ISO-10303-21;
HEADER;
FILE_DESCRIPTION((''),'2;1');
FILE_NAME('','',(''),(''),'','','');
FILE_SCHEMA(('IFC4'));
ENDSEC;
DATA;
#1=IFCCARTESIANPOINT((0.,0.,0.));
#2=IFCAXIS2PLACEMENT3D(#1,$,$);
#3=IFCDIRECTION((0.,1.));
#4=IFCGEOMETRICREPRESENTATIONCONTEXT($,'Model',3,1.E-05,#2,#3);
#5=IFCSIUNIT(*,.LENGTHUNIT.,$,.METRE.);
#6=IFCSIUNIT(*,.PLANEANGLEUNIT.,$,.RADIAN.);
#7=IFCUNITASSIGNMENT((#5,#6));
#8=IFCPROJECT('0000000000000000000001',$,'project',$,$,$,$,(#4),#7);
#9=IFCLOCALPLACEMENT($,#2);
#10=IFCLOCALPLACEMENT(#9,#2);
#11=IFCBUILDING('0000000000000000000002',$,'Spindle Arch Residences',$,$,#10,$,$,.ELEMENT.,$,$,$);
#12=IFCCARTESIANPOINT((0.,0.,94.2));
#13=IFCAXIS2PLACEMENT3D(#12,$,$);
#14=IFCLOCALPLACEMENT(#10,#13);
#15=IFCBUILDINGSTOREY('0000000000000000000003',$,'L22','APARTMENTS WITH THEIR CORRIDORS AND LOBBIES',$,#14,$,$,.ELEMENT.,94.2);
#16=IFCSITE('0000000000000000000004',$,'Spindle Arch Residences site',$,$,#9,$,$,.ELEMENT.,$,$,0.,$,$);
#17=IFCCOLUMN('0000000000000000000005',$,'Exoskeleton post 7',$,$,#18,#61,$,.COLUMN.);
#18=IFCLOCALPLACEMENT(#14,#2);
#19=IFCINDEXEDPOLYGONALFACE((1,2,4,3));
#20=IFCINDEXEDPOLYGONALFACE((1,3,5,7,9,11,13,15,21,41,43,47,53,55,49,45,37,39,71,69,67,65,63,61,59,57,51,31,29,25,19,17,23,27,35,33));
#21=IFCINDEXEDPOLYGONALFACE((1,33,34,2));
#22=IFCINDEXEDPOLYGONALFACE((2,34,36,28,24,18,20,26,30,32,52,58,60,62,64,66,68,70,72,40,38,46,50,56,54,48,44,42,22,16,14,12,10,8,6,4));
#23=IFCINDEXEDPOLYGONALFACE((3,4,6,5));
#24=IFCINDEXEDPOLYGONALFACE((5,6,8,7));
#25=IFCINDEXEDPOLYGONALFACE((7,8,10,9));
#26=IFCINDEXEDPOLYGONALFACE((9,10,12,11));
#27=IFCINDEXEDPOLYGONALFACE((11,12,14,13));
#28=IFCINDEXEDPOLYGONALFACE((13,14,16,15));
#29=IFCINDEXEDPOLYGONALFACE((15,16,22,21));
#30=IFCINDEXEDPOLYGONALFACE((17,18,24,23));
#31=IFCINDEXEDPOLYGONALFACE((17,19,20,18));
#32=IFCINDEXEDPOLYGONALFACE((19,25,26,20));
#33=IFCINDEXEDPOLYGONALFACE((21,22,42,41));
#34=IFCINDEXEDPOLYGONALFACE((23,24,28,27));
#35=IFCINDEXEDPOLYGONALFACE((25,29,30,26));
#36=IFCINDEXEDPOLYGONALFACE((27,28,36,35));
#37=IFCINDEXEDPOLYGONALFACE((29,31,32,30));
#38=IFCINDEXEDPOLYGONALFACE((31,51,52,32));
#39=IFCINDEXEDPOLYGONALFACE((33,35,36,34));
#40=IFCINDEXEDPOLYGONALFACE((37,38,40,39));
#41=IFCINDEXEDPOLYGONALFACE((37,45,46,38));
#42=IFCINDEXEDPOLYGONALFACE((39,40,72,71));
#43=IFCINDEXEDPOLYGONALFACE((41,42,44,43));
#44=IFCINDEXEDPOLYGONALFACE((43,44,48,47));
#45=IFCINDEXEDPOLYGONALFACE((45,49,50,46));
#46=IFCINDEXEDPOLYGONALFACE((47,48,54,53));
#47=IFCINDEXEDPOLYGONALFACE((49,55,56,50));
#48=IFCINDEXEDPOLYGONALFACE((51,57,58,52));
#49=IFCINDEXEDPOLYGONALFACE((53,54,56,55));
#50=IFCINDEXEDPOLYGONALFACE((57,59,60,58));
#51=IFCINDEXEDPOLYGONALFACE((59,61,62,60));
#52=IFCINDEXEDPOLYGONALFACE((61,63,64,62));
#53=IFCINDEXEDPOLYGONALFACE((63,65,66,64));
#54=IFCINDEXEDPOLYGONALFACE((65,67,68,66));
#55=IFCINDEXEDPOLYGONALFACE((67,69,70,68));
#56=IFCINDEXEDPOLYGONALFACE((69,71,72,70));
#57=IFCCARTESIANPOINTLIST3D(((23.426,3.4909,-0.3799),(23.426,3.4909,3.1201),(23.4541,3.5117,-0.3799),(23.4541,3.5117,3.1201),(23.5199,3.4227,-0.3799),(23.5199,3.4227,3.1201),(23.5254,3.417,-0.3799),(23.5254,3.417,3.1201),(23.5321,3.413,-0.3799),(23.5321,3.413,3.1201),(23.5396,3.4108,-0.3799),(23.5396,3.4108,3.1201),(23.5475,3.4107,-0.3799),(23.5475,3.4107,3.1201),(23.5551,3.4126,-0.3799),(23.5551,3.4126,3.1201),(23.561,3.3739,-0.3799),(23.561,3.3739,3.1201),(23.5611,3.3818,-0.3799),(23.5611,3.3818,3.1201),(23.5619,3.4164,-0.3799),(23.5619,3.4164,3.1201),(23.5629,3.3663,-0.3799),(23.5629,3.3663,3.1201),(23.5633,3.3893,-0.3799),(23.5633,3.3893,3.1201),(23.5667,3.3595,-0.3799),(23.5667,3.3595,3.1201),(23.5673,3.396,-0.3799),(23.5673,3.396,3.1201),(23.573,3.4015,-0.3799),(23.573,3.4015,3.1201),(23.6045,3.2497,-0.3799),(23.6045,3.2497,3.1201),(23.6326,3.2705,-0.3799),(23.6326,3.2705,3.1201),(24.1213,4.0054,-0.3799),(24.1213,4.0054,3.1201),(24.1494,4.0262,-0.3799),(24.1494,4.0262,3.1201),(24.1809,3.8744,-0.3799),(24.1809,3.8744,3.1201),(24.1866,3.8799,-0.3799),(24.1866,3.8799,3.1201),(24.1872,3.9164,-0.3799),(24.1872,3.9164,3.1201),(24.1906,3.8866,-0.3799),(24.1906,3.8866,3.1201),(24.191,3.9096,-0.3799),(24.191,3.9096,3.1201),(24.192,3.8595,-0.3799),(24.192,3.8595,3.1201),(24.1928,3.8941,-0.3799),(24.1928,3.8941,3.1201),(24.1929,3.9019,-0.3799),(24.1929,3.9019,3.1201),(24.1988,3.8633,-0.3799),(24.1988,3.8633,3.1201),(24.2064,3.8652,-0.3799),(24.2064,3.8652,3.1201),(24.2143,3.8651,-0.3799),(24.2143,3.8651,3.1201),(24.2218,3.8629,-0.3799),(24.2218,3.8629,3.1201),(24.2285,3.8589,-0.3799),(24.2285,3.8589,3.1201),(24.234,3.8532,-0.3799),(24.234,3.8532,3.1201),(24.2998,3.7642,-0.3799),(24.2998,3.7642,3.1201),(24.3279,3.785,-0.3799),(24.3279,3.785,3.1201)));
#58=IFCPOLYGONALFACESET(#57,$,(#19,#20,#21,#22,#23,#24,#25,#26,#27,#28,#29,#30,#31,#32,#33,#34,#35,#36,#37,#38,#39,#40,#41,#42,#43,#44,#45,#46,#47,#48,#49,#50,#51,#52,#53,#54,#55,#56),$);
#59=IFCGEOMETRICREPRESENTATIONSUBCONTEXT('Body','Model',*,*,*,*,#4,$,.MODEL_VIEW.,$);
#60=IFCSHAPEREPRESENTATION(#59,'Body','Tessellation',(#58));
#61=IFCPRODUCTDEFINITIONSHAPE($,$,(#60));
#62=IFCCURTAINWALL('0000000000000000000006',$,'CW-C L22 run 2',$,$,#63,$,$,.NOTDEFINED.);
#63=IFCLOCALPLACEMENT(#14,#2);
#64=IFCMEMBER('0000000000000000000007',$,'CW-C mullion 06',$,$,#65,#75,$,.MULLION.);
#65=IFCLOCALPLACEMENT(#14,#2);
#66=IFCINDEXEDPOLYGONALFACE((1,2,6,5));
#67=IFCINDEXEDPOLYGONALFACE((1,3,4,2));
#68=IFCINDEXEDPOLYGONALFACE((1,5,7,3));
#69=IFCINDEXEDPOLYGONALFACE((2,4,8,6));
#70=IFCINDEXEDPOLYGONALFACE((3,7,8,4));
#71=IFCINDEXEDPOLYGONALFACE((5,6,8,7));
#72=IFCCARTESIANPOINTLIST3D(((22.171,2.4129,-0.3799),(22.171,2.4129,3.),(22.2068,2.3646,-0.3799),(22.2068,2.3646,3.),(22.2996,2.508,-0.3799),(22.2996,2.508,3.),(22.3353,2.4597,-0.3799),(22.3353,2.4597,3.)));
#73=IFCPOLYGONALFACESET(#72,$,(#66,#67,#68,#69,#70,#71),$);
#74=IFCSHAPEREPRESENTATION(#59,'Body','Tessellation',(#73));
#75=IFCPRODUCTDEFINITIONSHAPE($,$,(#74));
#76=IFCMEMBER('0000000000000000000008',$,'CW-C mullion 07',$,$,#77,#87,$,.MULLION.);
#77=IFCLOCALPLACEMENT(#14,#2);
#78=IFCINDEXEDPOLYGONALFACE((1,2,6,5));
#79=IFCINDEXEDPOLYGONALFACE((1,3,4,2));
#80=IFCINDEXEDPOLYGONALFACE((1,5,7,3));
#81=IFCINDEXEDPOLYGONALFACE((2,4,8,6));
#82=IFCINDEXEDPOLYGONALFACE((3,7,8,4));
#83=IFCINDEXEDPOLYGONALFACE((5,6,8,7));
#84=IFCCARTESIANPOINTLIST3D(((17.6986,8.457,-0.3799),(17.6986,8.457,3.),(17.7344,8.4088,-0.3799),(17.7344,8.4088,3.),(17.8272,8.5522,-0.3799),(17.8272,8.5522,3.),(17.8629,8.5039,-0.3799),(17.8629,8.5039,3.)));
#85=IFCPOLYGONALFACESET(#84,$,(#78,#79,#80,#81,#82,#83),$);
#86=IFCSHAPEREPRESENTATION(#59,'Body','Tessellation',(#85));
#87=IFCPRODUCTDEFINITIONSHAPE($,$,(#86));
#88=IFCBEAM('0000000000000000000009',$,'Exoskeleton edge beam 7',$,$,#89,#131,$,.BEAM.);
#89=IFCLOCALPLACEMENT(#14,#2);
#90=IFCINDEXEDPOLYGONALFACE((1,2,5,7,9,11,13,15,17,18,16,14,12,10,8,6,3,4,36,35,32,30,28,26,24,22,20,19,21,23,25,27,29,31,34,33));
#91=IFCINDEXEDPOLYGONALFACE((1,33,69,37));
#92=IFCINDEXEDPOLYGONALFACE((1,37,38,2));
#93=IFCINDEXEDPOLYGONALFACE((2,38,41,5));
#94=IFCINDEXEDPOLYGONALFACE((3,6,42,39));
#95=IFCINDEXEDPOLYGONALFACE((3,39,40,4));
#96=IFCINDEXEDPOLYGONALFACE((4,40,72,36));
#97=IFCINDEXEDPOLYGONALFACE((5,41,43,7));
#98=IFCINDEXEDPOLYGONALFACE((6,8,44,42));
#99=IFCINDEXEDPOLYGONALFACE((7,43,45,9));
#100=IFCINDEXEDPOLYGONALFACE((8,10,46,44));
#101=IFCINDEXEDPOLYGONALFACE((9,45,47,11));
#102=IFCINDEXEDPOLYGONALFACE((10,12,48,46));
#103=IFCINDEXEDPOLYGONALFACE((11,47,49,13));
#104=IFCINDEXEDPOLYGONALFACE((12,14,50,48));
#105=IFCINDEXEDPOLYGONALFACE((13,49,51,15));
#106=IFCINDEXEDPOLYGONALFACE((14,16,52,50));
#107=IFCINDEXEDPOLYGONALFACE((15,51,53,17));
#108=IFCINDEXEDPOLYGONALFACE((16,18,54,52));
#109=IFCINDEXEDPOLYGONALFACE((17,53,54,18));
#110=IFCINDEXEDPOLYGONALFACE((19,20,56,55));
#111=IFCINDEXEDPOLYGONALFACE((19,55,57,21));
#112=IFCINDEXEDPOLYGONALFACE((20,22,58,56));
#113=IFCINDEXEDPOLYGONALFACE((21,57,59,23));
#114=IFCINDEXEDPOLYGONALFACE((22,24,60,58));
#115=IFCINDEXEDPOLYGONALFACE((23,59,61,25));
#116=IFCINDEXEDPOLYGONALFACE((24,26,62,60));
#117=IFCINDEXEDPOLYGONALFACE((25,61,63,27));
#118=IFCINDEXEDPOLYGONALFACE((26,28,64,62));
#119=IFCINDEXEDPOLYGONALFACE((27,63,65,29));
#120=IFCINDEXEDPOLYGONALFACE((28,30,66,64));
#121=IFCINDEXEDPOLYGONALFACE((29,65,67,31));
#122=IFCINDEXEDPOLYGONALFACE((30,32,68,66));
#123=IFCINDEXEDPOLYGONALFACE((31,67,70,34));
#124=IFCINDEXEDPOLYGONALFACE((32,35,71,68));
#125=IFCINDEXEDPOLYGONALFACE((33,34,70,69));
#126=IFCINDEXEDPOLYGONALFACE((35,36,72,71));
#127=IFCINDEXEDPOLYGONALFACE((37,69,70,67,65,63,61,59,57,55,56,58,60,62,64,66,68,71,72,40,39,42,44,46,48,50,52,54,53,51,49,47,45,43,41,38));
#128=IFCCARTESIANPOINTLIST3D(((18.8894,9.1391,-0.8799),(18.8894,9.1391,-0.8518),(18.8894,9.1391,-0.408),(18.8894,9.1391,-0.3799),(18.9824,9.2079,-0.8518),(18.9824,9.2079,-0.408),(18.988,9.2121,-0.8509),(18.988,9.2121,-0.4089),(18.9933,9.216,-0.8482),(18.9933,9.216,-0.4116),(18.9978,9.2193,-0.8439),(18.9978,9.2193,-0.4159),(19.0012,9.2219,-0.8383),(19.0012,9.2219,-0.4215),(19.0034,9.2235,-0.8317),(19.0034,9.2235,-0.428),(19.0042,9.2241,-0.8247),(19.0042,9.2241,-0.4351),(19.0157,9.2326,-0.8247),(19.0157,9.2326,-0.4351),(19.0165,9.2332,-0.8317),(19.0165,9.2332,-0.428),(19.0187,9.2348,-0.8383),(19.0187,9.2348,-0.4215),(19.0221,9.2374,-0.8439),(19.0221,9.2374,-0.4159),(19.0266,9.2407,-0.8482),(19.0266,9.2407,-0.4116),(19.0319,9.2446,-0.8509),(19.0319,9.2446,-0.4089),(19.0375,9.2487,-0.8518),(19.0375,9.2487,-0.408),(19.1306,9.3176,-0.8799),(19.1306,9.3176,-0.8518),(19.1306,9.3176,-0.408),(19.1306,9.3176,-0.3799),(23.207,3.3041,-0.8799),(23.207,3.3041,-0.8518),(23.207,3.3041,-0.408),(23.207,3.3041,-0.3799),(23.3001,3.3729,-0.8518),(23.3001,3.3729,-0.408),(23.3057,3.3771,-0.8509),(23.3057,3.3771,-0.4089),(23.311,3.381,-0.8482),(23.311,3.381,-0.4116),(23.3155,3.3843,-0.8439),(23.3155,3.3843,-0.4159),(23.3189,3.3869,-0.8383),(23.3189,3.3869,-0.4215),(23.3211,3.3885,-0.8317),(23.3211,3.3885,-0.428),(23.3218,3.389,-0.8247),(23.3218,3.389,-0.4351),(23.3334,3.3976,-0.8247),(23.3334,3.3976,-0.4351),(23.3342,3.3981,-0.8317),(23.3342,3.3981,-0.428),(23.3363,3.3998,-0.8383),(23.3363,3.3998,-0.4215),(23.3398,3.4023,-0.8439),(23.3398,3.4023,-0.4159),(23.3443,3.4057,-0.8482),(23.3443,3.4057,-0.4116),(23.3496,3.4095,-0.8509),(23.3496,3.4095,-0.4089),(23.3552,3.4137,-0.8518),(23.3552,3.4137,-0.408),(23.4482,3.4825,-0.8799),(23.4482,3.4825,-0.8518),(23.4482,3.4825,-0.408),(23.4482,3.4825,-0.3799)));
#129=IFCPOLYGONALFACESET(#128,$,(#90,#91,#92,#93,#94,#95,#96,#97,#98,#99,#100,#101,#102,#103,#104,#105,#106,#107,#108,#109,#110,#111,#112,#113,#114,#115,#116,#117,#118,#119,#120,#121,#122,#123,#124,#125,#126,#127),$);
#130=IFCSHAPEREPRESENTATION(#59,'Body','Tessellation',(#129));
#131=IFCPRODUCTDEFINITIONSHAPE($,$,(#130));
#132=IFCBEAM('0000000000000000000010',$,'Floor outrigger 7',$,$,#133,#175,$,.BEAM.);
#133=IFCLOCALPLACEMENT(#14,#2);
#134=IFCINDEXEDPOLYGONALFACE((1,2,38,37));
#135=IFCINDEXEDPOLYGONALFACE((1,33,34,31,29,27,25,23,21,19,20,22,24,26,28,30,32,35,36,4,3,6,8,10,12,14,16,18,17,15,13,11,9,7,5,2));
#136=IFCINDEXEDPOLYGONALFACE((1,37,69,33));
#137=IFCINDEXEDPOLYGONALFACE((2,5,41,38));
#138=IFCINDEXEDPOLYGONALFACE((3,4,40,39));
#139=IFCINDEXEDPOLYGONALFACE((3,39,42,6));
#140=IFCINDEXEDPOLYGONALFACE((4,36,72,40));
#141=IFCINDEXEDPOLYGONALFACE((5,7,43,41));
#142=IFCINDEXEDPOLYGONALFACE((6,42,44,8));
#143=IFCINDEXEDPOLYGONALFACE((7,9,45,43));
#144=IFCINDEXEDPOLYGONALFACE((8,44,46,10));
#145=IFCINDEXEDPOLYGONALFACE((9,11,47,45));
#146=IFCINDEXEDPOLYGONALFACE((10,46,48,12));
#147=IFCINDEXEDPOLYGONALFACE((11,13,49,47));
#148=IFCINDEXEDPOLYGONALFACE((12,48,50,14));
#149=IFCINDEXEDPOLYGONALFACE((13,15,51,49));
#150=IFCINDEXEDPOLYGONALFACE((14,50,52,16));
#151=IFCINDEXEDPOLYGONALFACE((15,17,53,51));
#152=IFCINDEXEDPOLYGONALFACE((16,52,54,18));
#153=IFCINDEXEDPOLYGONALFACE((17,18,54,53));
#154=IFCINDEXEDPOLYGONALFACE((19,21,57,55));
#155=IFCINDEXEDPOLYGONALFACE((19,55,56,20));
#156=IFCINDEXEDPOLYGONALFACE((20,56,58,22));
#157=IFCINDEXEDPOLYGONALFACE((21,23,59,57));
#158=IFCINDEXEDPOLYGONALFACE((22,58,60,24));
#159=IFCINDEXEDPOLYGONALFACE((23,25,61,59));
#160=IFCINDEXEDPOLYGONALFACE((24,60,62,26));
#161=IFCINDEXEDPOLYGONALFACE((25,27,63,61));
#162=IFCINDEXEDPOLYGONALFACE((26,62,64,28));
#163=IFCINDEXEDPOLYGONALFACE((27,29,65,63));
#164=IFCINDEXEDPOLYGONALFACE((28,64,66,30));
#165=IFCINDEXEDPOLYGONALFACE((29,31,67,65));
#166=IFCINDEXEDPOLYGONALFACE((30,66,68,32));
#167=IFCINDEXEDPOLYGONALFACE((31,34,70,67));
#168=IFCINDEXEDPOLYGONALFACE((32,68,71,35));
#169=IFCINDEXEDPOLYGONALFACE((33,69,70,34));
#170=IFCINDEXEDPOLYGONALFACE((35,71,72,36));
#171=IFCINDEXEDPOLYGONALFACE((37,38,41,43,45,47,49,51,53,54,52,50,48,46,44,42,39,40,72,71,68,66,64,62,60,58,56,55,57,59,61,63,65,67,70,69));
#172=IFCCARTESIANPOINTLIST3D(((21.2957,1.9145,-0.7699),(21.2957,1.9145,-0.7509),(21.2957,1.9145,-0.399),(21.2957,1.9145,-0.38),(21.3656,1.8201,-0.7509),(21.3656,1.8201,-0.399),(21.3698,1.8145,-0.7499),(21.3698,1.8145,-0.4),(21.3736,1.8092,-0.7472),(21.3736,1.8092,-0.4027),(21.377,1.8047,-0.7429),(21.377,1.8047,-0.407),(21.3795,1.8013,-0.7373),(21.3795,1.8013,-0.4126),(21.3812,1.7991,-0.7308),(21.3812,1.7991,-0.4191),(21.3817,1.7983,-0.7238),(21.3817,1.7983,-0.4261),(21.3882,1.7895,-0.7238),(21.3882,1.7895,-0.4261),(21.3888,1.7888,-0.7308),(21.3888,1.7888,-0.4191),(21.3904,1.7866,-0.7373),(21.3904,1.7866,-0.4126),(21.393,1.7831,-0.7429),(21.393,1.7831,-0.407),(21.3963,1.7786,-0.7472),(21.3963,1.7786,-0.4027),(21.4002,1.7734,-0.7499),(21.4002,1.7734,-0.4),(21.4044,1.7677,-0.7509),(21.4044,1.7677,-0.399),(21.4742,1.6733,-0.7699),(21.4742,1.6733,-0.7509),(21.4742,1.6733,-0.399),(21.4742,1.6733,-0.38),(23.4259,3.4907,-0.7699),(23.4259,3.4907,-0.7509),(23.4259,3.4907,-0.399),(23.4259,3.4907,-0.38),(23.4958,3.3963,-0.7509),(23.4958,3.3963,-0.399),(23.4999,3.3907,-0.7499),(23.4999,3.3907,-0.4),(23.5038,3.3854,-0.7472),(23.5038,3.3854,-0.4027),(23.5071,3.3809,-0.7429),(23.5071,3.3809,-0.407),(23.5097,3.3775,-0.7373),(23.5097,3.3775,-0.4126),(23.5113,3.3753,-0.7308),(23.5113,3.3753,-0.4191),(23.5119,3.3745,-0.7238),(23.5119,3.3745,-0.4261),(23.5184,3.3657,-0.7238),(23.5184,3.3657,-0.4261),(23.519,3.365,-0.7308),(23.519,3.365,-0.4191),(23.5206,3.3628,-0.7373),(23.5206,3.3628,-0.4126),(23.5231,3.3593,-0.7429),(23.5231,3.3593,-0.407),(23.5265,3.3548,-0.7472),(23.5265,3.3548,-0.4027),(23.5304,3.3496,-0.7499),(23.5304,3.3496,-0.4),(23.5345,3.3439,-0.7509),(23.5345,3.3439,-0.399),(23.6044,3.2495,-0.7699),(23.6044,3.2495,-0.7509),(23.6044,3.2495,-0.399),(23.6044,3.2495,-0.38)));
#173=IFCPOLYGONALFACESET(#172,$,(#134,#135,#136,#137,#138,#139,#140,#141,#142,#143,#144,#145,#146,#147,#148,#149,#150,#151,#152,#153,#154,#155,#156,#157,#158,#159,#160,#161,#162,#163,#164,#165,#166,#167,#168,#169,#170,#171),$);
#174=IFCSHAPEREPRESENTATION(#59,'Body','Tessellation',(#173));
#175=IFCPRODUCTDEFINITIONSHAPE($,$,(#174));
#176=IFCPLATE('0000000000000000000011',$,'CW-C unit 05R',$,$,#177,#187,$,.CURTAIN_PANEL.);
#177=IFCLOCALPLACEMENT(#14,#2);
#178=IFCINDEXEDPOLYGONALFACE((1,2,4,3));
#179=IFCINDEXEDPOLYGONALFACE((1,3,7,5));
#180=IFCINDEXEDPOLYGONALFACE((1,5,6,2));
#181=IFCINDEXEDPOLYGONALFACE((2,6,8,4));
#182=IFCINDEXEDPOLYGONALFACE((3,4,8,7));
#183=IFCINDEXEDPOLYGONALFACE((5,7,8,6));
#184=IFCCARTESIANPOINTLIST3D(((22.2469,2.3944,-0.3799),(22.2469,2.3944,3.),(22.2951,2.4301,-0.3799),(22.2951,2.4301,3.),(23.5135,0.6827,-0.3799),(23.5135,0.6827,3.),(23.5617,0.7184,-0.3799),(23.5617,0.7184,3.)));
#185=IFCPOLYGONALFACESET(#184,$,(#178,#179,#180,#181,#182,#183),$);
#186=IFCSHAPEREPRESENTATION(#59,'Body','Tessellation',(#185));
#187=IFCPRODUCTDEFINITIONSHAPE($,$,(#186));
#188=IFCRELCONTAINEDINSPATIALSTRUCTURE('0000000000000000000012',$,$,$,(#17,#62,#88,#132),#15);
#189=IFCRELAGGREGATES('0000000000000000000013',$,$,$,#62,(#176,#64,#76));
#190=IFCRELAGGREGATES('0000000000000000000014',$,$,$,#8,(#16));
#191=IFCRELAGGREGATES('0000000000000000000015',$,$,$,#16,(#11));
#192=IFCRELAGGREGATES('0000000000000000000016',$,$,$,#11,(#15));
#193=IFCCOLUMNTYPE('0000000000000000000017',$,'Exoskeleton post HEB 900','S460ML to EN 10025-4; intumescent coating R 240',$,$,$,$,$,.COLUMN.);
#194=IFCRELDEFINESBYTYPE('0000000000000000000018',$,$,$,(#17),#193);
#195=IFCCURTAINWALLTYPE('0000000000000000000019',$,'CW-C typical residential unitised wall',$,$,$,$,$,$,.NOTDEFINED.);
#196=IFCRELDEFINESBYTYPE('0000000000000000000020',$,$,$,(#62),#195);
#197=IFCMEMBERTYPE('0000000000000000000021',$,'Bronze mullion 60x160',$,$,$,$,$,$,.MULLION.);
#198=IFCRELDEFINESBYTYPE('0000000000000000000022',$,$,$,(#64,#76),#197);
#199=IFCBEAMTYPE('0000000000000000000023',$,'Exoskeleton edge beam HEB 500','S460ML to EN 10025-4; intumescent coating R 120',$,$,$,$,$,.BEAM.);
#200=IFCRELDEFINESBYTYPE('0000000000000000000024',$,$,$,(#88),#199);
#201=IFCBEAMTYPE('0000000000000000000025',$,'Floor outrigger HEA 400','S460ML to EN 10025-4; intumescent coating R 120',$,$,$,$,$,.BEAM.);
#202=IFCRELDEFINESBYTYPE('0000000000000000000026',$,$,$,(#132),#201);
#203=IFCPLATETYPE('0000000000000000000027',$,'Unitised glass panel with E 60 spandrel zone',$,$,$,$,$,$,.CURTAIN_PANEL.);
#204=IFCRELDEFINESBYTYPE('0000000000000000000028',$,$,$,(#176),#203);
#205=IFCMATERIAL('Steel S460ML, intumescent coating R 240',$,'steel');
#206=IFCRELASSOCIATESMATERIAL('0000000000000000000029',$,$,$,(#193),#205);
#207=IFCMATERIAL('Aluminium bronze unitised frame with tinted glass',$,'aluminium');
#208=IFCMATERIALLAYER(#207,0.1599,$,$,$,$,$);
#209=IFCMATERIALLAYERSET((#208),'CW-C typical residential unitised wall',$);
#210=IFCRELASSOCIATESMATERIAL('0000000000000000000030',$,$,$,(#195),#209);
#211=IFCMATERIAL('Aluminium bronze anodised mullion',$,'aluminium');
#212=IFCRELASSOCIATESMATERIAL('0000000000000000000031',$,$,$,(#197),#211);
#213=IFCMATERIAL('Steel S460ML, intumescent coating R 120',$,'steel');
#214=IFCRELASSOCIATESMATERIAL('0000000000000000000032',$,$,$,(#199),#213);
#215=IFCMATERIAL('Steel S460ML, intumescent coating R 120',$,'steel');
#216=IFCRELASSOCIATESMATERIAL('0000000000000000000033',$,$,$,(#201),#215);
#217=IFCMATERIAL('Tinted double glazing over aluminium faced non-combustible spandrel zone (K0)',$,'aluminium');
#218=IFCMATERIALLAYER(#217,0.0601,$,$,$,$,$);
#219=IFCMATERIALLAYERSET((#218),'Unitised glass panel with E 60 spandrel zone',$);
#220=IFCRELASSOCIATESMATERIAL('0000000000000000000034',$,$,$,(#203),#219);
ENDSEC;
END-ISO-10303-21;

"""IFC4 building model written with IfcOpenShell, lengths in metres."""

from ifc_helpers import new_model, si_unit, direction, frame, origin, origin_2d, place, context, subcontext, project, spatial, rectangle, i_section, extrude, material, layer, layer_set, material_profile, profile_set, type_object, element, aggregate, save


model = new_model("IFC4")

# Units and contexts
model_context = context("Model", 3, precision=1e-05, world=origin(), true_north=direction((0.0, 1.0)))
body_context = subcontext(model_context, "Body", "Model", "MODEL_VIEW")
ifc_project = project(units=[si_unit("LENGTHUNIT", "METRE"), si_unit("PLANEANGLEUNIT", "RADIAN")], contexts=[model_context])

# Site, building, storey
site_placement = place(None, origin())
site = spatial("IfcSite", under=ifc_project, at=site_placement, Name="Spindle Arch Residences site", CompositionType="ELEMENT", RefElevation=0.0)
building_placement = place(site_placement, origin())
building = spatial("IfcBuilding", under=site, at=building_placement, Name="Spindle Arch Residences", CompositionType="ELEMENT")
storey_placement = place(building_placement, frame((0.0, 0.0, 94.2)))
storey = spatial("IfcBuildingStorey", under=building, at=storey_placement, Name="L22", Description="APARTMENTS WITH THEIR CORRIDORS AND LOBBIES", CompositionType="ELEMENT", Elevation=94.2)

# Column
ifc_material_1 = material(Name="Steel S460ML, intumescent coating R 240", Category="steel")
ifc_material_profile_1 = material_profile(ifc_material_1, i_section(OverallWidth=0.3, OverallDepth=0.8999, WebThickness=0.0186, FlangeThickness=0.0349, FilletRadius=0.03, at=origin_2d()), Name="HEB 900")
ifc_profile_set_1 = profile_set([ifc_material_profile_1], Name="Steel S460ML, intumescent coating R 240")
column_type = type_object("IfcColumnType", Name="Exoskeleton post HEB 900", Description="S460ML to EN 10025-4; intumescent coating R 240", PredefinedType="COLUMN", material=ifc_profile_set_1)
column_placement = place(storey_placement, frame((23.877, 3.6379, -0.3799), z_axis=(0.0, 0.0, 1.0), x_axis=(0.594823, -0.803857, 0.0)))
element("IfcColumn", 1, at=column_placement, inside=storey, type_object=column_type, Name="Exoskeleton post 7", PredefinedType="COLUMN", context=body_context, shape_type="SweptSolid", body=[
    extrude(i_section(OverallWidth=0.3, OverallDepth=0.8999, WebThickness=0.0186, FlangeThickness=0.0349, FilletRadius=0.03, at=origin_2d()), origin(), (0.0, 0.0, 1.0), 3.5),
])

# Curtain wall, members
ifc_material_2 = material(Name="Aluminium bronze unitised frame with tinted glass", Category="aluminium")
ifc_layer_1 = layer(ifc_material_2, 0.1599)
ifc_layer_set_1 = layer_set([ifc_layer_1], Name="CW-C typical residential unitised wall")
curtain_wall_type = type_object("IfcCurtainWallType", Name="CW-C typical residential unitised wall", PredefinedType="NOTDEFINED", material=ifc_layer_set_1)
curtain_wall_placement = place(storey_placement, origin())
curtain_wall = element("IfcCurtainWall", 2, at=curtain_wall_placement, inside=storey, type_object=curtain_wall_type, Name="CW-C L22 run 2", PredefinedType="NOTDEFINED")
ifc_material_3 = material(Name="Aluminium bronze anodised mullion", Category="aluminium")
ifc_material_profile_2 = material_profile(ifc_material_3, rectangle(XDim=0.1599, YDim=0.0601, at=origin_2d()), Name="MU 60x160")
ifc_profile_set_2 = profile_set([ifc_material_profile_2], Name="Aluminium bronze anodised mullion")
member_type = type_object("IfcMemberType", Name="Bronze mullion 60x160", PredefinedType="MULLION", material=ifc_profile_set_2)
member_1_placement = place(storey_placement, frame((22.2532, 2.4363, -0.3799), z_axis=(0.0, 0.0, 1.0), x_axis=(-0.803857, -0.594823, 0.0)))
member_1 = element("IfcMember", 3, at=member_1_placement, type_object=member_type, Name="CW-C mullion 06", PredefinedType="MULLION", context=body_context, shape_type="SweptSolid", body=[
    extrude(rectangle(XDim=0.1599, YDim=0.0601, at=origin_2d()), origin(), (0.0, 0.0, 1.0), 3.3799),
])
member_2_placement = place(storey_placement, frame((17.7808, 8.4805, -0.3799), z_axis=(0.0, 0.0, 1.0), x_axis=(-0.803857, -0.594823, 0.0)))
member_2 = element("IfcMember", 4, at=member_2_placement, type_object=member_type, Name="CW-C mullion 07", PredefinedType="MULLION", context=body_context, shape_type="SweptSolid", body=[
    extrude(rectangle(XDim=0.1599, YDim=0.0601, at=origin_2d()), origin(), (0.0, 0.0, 1.0), 3.3799),
])

# Beams
ifc_material_4 = material(Name="Steel S460ML, intumescent coating R 120", Category="steel")
ifc_material_profile_3 = material_profile(ifc_material_4, i_section(OverallWidth=0.3, OverallDepth=0.5, WebThickness=0.0144, FlangeThickness=0.0281, FilletRadius=0.0271, at=origin_2d()), Name="HEB 500")
ifc_profile_set_3 = profile_set([ifc_material_profile_3], Name="Steel S460ML, intumescent coating R 120")
beam_type_1 = type_object("IfcBeamType", Name="Exoskeleton edge beam HEB 500", Description="S460ML to EN 10025-4; intumescent coating R 120", PredefinedType="BEAM", material=ifc_profile_set_3)
beam_1_placement = place(storey_placement, frame((23.3276, 3.3933, -0.6299), z_axis=(-0.594821, 0.803858, 0.0), x_axis=(-0.803858, -0.594821, 0.0)))
element("IfcBeam", 5, at=beam_1_placement, inside=storey, type_object=beam_type_1, Name="Exoskeleton edge beam 7", PredefinedType="BEAM", context=body_context, shape_type="SweptSolid", body=[
    extrude(i_section(OverallWidth=0.3, OverallDepth=0.5, WebThickness=0.0144, FlangeThickness=0.0281, FilletRadius=0.0271, at=origin_2d()), origin(), (0.0, 0.0, 1.0), 7.2588),
])
ifc_material_5 = material(Name="Steel S460ML, intumescent coating R 120", Category="steel")
ifc_material_profile_4 = material_profile(ifc_material_5, i_section(OverallWidth=0.3, OverallDepth=0.3899, WebThickness=0.011, FlangeThickness=0.019, FilletRadius=0.0271, at=origin_2d()), Name="HEA 400")
ifc_profile_set_4 = profile_set([ifc_material_profile_4], Name="Steel S460ML, intumescent coating R 120")
beam_type_2 = type_object("IfcBeamType", Name="Floor outrigger HEA 400", Description="S460ML to EN 10025-4; intumescent coating R 120", PredefinedType="BEAM", material=ifc_profile_set_4)
beam_2_placement = place(storey_placement, frame((23.5151, 3.3701, -0.575), z_axis=(-0.803864, -0.594813, 0.0), x_axis=(0.594813, -0.803864, 0.0)))
element("IfcBeam", 6, at=beam_2_placement, inside=storey, type_object=beam_type_2, Name="Floor outrigger 7", PredefinedType="BEAM", context=body_context, shape_type="SweptSolid", body=[
    extrude(i_section(OverallWidth=0.3, OverallDepth=0.3899, WebThickness=0.011, FlangeThickness=0.019, FilletRadius=0.0271, at=origin_2d()), origin(), (0.0, 0.0, 1.0), 2.6499),
])

# Plate
ifc_material_6 = material(Name="Tinted double glazing over aluminium faced non-combustible spandrel zone (K0)", Category="aluminium")
ifc_layer_2 = layer(ifc_material_6, 0.0601)
ifc_layer_set_2 = layer_set([ifc_layer_2], Name="Unitised glass panel with E 60 spandrel zone")
plate_type = type_object("IfcPlateType", Name="Unitised glass panel with E 60 spandrel zone", PredefinedType="CURTAIN_PANEL", material=ifc_layer_set_2)
plate_1_placement = place(storey_placement, frame((22.9043, 1.5564, -0.3799), z_axis=(0.0, 0.0, 1.0), x_axis=(-0.594823, 0.803857, 0.0)))
plate_1 = element("IfcPlate", 7, at=plate_1_placement, type_object=plate_type, Name="CW-C unit 05R", PredefinedType="CURTAIN_PANEL", context=body_context, shape_type="SweptSolid", body=[
    extrude(rectangle(XDim=2.1294, YDim=0.0601, at=origin_2d()), origin(), (0.0, 0.0, 1.0), 3.3799),
])
aggregate(curtain_wall, [plate_1, member_1, member_2])

save(model, "model.ifc")
